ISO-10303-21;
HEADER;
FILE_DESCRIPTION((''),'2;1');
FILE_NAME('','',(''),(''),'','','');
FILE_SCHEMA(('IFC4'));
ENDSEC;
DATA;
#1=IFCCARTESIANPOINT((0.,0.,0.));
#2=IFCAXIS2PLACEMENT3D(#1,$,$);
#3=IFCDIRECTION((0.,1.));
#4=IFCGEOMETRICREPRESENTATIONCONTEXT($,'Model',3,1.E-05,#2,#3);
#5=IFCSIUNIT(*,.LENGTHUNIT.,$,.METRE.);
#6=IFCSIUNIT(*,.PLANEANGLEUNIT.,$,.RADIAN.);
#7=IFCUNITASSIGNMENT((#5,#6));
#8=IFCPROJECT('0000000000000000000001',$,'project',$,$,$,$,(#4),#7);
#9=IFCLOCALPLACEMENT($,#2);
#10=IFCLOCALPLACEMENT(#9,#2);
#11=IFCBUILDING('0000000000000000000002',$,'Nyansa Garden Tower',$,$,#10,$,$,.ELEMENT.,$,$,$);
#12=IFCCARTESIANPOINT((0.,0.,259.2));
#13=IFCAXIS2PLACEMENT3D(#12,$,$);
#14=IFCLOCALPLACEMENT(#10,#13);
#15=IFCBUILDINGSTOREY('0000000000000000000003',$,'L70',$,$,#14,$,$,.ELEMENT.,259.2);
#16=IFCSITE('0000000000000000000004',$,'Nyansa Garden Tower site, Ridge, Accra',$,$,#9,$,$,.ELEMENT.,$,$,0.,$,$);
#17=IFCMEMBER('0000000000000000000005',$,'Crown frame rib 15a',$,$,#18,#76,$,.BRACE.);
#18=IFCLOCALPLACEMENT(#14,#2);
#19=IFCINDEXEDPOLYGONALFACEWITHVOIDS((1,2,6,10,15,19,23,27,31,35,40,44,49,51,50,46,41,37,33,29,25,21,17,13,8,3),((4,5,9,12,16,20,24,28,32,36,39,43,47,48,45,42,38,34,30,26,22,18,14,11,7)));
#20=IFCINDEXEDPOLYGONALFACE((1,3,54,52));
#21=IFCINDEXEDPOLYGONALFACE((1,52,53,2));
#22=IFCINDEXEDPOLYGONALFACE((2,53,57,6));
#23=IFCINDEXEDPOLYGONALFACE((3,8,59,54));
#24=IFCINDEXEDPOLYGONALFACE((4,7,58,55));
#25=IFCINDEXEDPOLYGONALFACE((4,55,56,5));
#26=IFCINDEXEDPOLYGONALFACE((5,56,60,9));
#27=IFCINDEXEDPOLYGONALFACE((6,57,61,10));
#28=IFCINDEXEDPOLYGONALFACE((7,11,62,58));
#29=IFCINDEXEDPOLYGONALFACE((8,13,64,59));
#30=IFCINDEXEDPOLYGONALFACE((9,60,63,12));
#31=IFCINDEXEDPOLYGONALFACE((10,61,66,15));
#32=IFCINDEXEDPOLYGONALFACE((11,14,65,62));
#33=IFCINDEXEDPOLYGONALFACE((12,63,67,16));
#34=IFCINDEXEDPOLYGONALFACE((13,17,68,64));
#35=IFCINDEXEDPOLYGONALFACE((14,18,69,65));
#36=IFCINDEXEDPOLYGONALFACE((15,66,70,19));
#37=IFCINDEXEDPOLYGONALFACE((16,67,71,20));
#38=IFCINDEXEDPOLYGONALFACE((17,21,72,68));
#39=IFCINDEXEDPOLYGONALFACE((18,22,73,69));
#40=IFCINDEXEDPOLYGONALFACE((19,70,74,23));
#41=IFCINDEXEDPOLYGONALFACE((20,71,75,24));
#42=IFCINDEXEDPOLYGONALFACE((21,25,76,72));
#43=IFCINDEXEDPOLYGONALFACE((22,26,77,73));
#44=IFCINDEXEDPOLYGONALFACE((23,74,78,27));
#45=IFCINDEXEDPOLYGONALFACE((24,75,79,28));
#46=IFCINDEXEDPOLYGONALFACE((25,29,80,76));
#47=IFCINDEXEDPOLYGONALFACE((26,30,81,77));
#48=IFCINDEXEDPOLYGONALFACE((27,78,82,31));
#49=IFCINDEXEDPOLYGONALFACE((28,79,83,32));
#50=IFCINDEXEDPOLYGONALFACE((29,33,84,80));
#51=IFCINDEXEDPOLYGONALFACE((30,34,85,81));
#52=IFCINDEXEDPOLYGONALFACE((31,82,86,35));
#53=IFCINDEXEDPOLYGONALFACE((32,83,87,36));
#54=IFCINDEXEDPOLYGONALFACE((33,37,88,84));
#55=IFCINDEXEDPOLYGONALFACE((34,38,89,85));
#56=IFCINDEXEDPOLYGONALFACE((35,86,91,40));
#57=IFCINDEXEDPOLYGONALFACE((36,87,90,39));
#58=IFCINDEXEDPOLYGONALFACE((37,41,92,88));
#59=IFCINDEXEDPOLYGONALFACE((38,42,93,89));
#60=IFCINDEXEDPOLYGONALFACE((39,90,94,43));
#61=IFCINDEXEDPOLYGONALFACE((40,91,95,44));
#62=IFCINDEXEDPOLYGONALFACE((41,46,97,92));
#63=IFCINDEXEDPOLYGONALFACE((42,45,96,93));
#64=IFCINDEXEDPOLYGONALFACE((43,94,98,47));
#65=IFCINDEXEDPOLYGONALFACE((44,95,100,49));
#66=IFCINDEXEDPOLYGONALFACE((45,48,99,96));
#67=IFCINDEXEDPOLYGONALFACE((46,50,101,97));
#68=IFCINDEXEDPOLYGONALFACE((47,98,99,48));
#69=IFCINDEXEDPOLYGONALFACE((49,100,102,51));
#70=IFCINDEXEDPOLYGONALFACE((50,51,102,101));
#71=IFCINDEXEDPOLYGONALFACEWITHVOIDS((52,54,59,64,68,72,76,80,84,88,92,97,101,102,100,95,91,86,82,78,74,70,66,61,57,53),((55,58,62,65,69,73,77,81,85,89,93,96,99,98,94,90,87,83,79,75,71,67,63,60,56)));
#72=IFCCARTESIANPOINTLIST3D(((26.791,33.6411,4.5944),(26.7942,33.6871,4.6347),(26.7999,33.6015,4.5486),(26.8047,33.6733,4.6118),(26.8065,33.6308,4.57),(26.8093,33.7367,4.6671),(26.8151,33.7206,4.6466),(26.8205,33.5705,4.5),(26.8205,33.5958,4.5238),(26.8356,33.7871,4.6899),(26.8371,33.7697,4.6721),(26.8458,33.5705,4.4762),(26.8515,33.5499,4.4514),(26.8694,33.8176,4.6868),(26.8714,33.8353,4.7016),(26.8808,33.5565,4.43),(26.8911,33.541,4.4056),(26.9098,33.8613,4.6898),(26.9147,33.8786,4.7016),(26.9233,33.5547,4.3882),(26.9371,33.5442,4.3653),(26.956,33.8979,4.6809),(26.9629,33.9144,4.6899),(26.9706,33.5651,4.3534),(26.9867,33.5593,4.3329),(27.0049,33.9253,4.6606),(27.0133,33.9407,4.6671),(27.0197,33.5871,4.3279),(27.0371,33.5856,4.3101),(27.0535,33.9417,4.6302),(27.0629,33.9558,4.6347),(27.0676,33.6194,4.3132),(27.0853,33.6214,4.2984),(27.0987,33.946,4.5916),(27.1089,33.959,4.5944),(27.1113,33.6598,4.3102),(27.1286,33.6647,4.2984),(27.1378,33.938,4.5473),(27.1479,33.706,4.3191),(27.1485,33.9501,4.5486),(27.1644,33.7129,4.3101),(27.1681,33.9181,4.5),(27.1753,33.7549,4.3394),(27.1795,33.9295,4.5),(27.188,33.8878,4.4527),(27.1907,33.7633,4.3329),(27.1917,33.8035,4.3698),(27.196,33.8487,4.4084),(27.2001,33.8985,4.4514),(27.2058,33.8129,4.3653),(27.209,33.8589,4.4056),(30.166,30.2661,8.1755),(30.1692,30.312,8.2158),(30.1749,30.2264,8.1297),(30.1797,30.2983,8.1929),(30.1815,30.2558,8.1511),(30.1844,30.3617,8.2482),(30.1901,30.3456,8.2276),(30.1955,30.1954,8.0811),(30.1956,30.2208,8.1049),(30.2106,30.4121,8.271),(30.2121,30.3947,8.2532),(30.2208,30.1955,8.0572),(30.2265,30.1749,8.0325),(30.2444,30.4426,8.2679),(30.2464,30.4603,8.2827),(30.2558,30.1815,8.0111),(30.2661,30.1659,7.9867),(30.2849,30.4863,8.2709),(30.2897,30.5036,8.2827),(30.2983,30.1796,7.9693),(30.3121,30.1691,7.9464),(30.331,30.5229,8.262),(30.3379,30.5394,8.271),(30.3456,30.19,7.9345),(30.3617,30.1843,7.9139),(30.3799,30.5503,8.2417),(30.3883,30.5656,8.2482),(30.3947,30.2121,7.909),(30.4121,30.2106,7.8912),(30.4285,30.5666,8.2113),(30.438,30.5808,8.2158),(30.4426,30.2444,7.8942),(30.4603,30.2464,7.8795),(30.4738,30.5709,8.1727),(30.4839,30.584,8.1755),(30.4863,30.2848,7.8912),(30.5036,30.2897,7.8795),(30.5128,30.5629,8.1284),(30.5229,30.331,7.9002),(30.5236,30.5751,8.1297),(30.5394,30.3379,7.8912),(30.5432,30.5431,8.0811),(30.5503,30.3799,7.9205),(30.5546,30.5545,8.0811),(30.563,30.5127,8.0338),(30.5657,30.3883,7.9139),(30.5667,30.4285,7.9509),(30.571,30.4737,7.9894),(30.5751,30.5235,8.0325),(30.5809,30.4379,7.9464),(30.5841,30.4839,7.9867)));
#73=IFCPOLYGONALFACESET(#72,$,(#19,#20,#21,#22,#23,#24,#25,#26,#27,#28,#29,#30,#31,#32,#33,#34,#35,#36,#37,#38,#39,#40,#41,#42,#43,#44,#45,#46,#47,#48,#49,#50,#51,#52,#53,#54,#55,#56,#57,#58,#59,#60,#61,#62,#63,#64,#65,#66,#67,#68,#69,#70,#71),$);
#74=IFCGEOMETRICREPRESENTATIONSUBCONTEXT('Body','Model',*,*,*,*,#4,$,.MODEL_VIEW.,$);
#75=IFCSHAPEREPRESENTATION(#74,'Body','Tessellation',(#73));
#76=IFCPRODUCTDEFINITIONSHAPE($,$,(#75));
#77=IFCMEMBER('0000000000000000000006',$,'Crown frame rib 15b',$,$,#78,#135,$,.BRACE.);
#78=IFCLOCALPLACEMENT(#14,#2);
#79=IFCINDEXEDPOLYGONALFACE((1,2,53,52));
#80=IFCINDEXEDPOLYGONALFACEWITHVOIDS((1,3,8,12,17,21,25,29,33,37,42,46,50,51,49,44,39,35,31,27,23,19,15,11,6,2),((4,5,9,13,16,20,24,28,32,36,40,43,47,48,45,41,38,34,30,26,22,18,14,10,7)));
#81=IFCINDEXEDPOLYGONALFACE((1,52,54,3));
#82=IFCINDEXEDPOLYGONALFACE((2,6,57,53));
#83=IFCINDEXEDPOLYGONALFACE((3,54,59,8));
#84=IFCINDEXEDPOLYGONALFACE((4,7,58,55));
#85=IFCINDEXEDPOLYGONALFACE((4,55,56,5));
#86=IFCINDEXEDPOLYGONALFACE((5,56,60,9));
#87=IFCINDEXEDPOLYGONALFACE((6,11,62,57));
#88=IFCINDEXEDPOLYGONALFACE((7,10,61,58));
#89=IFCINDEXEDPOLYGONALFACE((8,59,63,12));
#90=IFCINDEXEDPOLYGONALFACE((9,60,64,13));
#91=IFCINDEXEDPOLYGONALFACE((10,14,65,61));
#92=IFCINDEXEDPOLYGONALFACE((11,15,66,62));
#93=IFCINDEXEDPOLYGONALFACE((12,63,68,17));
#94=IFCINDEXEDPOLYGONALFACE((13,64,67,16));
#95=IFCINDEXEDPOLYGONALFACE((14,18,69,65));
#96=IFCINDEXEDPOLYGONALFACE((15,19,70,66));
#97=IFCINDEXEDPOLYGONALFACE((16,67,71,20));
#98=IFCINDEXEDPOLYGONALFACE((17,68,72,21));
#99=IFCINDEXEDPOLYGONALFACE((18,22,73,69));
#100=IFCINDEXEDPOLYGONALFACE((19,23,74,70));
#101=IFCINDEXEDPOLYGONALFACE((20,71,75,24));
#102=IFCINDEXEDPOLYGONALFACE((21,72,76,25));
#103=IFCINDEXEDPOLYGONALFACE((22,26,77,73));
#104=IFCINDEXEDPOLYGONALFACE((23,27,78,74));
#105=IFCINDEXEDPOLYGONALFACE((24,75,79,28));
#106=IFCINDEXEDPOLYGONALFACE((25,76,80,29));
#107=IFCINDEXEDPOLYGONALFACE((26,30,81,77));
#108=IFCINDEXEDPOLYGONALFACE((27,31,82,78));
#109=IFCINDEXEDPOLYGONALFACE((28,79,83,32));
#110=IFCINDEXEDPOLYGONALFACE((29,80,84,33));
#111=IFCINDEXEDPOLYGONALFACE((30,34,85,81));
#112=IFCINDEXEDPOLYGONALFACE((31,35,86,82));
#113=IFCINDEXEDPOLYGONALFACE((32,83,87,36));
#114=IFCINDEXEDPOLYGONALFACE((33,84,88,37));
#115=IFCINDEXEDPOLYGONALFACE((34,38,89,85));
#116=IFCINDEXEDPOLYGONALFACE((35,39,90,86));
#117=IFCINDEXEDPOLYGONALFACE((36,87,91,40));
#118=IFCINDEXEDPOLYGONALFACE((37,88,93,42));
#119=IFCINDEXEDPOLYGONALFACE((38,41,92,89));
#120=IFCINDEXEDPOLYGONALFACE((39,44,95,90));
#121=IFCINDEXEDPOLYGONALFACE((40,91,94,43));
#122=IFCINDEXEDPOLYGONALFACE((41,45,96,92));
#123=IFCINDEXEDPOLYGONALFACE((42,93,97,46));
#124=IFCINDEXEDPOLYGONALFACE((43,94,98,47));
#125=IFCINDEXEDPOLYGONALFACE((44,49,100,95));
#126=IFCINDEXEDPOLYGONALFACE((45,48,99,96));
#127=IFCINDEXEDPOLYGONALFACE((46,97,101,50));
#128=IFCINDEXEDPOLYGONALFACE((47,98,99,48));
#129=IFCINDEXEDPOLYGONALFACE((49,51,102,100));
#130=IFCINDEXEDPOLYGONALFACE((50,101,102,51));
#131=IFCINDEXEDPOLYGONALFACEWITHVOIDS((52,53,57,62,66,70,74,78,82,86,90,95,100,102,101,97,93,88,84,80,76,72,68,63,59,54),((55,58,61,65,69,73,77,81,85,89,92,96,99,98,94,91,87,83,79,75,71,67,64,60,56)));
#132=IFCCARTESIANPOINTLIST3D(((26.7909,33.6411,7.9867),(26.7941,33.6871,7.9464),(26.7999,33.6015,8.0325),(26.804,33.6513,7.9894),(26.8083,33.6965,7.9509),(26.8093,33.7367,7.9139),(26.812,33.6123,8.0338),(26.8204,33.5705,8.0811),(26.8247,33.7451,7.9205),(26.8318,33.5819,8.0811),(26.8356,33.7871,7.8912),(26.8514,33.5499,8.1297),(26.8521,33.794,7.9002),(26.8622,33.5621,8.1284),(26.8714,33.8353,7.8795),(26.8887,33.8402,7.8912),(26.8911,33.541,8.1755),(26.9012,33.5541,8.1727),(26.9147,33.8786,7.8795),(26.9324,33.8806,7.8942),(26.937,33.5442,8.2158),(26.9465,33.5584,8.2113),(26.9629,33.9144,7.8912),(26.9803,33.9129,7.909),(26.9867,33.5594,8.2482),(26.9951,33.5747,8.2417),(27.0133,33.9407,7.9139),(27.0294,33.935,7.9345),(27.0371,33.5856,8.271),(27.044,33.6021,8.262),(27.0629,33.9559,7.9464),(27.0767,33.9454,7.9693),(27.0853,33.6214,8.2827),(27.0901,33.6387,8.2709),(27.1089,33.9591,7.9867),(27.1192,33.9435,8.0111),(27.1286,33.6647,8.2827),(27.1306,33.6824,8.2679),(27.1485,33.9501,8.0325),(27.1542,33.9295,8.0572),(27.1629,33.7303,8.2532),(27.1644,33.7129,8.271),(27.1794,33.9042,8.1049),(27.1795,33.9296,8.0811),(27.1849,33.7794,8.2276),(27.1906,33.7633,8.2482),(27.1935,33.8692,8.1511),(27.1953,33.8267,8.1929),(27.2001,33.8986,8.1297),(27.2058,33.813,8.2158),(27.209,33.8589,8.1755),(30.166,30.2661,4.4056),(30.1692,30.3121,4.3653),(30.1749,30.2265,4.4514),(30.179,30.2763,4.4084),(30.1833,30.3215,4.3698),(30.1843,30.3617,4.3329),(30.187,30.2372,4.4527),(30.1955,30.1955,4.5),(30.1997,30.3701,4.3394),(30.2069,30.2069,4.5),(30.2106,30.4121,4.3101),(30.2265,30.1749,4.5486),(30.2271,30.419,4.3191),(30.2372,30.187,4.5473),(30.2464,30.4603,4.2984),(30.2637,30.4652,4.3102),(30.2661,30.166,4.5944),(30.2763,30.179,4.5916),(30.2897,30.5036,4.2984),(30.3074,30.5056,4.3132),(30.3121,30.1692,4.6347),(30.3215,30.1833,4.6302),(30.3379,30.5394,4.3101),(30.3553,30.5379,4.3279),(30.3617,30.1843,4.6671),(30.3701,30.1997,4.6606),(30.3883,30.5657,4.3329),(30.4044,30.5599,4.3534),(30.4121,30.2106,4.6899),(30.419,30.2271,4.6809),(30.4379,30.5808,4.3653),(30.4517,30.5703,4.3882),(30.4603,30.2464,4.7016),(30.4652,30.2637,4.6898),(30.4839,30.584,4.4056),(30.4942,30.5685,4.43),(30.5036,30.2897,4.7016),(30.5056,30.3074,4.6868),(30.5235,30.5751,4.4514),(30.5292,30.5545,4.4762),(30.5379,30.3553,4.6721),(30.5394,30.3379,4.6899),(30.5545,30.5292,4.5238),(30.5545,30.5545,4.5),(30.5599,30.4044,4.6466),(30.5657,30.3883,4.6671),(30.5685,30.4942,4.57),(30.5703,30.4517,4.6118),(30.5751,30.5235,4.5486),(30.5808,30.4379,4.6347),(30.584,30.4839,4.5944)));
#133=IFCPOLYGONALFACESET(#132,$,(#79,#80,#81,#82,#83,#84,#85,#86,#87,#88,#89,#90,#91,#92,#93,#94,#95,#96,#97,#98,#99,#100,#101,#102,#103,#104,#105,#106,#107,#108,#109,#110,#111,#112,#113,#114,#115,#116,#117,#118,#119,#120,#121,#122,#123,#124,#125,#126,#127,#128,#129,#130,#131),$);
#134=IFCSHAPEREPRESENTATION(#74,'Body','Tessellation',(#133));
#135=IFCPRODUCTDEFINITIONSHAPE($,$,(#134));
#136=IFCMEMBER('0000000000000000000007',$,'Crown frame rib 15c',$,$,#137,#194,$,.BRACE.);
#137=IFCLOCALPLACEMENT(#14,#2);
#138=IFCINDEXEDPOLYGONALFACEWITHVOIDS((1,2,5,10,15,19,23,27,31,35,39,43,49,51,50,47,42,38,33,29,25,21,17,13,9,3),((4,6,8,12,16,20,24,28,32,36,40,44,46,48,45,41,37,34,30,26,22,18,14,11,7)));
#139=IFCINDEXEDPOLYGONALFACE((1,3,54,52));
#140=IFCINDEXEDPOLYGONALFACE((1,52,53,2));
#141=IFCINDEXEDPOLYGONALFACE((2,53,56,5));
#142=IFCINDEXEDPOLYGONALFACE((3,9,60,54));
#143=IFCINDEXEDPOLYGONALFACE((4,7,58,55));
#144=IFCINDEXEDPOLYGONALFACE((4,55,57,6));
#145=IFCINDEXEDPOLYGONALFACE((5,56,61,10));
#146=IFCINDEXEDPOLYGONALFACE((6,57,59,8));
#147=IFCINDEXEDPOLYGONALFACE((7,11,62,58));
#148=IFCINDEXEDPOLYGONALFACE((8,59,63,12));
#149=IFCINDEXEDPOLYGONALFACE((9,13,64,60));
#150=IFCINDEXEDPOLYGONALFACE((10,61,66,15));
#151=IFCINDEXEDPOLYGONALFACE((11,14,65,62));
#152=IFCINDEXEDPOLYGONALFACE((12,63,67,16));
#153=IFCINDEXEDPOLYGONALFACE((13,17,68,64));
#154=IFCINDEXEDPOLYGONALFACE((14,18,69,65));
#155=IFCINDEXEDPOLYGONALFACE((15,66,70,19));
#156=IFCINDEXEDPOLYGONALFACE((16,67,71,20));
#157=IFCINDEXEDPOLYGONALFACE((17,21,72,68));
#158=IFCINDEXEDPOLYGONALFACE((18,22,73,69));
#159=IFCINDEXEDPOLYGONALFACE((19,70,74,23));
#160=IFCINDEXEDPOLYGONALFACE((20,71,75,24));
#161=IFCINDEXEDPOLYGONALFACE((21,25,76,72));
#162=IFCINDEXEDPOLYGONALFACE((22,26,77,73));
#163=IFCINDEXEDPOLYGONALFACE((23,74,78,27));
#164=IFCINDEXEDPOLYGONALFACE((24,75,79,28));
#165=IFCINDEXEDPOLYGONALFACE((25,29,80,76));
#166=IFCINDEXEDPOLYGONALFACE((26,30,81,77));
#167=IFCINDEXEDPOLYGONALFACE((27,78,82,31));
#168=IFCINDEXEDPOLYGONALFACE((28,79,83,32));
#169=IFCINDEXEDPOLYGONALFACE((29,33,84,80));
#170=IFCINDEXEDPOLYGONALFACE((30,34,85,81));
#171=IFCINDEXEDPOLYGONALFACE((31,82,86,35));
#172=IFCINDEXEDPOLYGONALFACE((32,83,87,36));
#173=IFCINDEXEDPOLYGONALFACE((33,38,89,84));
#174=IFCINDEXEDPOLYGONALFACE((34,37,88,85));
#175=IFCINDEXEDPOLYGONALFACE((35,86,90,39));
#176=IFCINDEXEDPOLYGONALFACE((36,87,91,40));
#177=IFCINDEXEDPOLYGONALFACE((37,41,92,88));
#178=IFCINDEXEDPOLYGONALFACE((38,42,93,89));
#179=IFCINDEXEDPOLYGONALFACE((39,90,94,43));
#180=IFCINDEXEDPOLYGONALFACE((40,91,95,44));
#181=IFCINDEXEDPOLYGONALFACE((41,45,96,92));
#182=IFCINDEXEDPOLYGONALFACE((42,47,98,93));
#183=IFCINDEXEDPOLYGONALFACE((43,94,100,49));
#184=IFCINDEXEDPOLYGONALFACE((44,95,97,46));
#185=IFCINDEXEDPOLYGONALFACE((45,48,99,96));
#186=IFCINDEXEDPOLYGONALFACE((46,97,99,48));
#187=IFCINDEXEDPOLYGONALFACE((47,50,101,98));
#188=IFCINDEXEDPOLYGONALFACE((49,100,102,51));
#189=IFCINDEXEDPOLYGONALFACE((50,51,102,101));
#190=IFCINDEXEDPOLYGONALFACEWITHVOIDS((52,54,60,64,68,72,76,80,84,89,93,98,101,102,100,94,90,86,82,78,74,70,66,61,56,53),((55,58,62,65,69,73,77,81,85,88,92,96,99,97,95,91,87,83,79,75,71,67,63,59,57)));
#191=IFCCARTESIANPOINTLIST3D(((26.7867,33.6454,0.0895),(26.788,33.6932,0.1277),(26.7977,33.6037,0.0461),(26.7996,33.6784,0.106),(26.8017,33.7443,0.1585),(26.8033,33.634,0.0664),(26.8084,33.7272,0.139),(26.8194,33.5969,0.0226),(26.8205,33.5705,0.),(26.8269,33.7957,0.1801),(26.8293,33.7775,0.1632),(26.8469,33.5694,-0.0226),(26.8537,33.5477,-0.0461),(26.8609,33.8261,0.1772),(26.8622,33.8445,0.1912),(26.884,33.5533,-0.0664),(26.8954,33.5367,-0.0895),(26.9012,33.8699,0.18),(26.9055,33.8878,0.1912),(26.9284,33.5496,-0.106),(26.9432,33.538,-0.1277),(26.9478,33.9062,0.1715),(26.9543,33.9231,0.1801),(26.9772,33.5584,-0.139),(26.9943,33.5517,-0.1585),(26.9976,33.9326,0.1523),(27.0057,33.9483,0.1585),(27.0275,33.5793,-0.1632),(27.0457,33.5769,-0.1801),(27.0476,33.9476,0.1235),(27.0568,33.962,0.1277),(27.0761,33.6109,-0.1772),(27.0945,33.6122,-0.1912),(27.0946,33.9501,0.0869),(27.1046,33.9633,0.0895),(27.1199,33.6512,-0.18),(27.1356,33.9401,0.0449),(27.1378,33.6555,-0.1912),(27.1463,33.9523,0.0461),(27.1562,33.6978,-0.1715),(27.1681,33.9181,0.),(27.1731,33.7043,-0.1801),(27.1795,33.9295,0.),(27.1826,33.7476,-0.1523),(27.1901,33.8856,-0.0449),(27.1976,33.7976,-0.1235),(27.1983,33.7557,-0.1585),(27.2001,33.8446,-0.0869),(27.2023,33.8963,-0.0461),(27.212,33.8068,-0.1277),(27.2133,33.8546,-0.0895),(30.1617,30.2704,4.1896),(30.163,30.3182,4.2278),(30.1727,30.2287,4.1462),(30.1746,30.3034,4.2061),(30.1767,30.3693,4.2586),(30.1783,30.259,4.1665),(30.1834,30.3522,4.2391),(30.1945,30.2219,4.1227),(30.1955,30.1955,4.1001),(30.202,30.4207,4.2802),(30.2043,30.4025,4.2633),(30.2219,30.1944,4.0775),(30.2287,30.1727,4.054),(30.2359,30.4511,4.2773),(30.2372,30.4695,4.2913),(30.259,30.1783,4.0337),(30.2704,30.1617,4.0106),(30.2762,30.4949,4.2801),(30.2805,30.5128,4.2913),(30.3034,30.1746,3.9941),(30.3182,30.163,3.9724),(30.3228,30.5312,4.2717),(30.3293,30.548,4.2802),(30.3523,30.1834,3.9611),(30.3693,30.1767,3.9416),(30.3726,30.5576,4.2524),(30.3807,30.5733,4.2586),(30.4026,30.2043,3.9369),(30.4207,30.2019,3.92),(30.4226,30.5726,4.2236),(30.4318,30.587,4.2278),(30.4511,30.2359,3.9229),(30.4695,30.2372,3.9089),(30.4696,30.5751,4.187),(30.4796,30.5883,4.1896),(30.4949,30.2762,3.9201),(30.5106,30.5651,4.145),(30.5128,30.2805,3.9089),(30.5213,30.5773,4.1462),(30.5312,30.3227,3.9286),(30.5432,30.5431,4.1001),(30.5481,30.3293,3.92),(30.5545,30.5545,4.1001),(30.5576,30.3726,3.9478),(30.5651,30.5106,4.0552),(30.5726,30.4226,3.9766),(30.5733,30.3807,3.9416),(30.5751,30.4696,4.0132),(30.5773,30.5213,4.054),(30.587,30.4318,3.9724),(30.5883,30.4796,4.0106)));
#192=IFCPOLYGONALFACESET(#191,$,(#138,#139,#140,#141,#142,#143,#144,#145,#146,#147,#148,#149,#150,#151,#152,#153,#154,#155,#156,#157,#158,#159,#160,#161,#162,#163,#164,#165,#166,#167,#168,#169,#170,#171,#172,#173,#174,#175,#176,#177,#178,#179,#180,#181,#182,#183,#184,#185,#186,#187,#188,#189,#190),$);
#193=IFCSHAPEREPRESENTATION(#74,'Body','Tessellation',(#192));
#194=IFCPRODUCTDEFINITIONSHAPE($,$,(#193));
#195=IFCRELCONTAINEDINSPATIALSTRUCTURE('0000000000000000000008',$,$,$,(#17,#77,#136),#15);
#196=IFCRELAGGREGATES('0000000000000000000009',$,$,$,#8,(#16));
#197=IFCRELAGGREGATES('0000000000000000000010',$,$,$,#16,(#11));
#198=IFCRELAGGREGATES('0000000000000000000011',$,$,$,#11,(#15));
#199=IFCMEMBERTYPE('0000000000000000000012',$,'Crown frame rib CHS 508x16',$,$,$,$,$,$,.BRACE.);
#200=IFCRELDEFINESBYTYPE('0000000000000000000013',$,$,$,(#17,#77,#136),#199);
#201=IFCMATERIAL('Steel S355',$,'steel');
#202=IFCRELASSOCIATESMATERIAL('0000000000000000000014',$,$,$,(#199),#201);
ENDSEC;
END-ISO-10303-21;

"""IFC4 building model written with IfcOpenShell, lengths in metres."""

from ifc_helpers import new_model, si_unit, direction, frame, origin, origin_2d, place, context, subcontext, project, spatial, hollow_circle, extrude, material, material_profile, profile_set, type_object, element, save


model = new_model("IFC4")

# Units and contexts
model_context = context("Model", 3, precision=1e-05, world=origin(), true_north=direction((0.0, 1.0)))
body_context = subcontext(model_context, "Body", "Model", "MODEL_VIEW")
ifc_project = project(units=[si_unit("LENGTHUNIT", "METRE"), si_unit("PLANEANGLEUNIT", "RADIAN")], contexts=[model_context])

# Site, building, storey
site_placement = place(None, origin())
site = spatial("IfcSite", under=ifc_project, at=site_placement, Name="Nyansa Garden Tower site, Ridge, Accra", CompositionType="ELEMENT", RefElevation=0.0)
building_placement = place(site_placement, origin())
building = spatial("IfcBuilding", under=site, at=building_placement, Name="Nyansa Garden Tower", CompositionType="ELEMENT")
storey_placement = place(building_placement, frame((0.0, 0.0, 259.2)))
storey = spatial("IfcBuildingStorey", under=building, at=storey_placement, Name="L70", CompositionType="ELEMENT", Elevation=259.2)

# Members
ifc_material_1 = material(Name="Steel S355", Category="steel")
ifc_material_profile_1 = material_profile(ifc_material_1, hollow_circle(Radius=0.2539, WallThickness=0.0161, at=origin_2d()), Name="CHS 508x16")
ifc_profile_set_1 = profile_set([ifc_material_profile_1], Name="Steel S355")
member_type = type_object("IfcMemberType", Name="Crown frame rib CHS 508x16", PredefinedType="BRACE", material=ifc_profile_set_1)
for number, where, z_axis, x_axis, name in (
    (1, (27.0, 33.75, 4.5), (0.56561, -0.56561, 0.600142), (0.707107, 0.707107, 0.0), "Crown frame rib 15a"),
    (2, (30.375, 30.375, 4.5), (-0.56561, 0.56561, 0.600142), (-0.707107, -0.707107, 0.0), "Crown frame rib 15b"),
):
    element("IfcMember", number, at=place(storey_placement, frame(where, z_axis=z_axis, x_axis=x_axis)), inside=storey, type_object=member_type, Name=name, PredefinedType="BRACE", context=body_context, shape_type="SweptSolid", body=[
        extrude(hollow_circle(Radius=0.2539, WallThickness=0.0161, at=origin_2d()), origin(), (0.0, 0.0, 1.0), 5.967),
    ])
for number, where, z_axis, x_axis, name in (
    (3, (27.0, 33.75, 0.0), (0.536377, -0.536377, 0.651614), (0.707107, 0.707107, 0.0), "Crown frame rib 15c"),
):
    element("IfcMember", number, at=place(storey_placement, frame(where, z_axis=z_axis, x_axis=x_axis)), inside=storey, type_object=member_type, Name=name, PredefinedType="BRACE", context=body_context, shape_type="SweptSolid", body=[
        extrude(hollow_circle(Radius=0.2539, WallThickness=0.0161, at=origin_2d()), origin(), (0.0, 0.0, 1.0), 6.2922),
    ])

save(model, "model.ifc")
